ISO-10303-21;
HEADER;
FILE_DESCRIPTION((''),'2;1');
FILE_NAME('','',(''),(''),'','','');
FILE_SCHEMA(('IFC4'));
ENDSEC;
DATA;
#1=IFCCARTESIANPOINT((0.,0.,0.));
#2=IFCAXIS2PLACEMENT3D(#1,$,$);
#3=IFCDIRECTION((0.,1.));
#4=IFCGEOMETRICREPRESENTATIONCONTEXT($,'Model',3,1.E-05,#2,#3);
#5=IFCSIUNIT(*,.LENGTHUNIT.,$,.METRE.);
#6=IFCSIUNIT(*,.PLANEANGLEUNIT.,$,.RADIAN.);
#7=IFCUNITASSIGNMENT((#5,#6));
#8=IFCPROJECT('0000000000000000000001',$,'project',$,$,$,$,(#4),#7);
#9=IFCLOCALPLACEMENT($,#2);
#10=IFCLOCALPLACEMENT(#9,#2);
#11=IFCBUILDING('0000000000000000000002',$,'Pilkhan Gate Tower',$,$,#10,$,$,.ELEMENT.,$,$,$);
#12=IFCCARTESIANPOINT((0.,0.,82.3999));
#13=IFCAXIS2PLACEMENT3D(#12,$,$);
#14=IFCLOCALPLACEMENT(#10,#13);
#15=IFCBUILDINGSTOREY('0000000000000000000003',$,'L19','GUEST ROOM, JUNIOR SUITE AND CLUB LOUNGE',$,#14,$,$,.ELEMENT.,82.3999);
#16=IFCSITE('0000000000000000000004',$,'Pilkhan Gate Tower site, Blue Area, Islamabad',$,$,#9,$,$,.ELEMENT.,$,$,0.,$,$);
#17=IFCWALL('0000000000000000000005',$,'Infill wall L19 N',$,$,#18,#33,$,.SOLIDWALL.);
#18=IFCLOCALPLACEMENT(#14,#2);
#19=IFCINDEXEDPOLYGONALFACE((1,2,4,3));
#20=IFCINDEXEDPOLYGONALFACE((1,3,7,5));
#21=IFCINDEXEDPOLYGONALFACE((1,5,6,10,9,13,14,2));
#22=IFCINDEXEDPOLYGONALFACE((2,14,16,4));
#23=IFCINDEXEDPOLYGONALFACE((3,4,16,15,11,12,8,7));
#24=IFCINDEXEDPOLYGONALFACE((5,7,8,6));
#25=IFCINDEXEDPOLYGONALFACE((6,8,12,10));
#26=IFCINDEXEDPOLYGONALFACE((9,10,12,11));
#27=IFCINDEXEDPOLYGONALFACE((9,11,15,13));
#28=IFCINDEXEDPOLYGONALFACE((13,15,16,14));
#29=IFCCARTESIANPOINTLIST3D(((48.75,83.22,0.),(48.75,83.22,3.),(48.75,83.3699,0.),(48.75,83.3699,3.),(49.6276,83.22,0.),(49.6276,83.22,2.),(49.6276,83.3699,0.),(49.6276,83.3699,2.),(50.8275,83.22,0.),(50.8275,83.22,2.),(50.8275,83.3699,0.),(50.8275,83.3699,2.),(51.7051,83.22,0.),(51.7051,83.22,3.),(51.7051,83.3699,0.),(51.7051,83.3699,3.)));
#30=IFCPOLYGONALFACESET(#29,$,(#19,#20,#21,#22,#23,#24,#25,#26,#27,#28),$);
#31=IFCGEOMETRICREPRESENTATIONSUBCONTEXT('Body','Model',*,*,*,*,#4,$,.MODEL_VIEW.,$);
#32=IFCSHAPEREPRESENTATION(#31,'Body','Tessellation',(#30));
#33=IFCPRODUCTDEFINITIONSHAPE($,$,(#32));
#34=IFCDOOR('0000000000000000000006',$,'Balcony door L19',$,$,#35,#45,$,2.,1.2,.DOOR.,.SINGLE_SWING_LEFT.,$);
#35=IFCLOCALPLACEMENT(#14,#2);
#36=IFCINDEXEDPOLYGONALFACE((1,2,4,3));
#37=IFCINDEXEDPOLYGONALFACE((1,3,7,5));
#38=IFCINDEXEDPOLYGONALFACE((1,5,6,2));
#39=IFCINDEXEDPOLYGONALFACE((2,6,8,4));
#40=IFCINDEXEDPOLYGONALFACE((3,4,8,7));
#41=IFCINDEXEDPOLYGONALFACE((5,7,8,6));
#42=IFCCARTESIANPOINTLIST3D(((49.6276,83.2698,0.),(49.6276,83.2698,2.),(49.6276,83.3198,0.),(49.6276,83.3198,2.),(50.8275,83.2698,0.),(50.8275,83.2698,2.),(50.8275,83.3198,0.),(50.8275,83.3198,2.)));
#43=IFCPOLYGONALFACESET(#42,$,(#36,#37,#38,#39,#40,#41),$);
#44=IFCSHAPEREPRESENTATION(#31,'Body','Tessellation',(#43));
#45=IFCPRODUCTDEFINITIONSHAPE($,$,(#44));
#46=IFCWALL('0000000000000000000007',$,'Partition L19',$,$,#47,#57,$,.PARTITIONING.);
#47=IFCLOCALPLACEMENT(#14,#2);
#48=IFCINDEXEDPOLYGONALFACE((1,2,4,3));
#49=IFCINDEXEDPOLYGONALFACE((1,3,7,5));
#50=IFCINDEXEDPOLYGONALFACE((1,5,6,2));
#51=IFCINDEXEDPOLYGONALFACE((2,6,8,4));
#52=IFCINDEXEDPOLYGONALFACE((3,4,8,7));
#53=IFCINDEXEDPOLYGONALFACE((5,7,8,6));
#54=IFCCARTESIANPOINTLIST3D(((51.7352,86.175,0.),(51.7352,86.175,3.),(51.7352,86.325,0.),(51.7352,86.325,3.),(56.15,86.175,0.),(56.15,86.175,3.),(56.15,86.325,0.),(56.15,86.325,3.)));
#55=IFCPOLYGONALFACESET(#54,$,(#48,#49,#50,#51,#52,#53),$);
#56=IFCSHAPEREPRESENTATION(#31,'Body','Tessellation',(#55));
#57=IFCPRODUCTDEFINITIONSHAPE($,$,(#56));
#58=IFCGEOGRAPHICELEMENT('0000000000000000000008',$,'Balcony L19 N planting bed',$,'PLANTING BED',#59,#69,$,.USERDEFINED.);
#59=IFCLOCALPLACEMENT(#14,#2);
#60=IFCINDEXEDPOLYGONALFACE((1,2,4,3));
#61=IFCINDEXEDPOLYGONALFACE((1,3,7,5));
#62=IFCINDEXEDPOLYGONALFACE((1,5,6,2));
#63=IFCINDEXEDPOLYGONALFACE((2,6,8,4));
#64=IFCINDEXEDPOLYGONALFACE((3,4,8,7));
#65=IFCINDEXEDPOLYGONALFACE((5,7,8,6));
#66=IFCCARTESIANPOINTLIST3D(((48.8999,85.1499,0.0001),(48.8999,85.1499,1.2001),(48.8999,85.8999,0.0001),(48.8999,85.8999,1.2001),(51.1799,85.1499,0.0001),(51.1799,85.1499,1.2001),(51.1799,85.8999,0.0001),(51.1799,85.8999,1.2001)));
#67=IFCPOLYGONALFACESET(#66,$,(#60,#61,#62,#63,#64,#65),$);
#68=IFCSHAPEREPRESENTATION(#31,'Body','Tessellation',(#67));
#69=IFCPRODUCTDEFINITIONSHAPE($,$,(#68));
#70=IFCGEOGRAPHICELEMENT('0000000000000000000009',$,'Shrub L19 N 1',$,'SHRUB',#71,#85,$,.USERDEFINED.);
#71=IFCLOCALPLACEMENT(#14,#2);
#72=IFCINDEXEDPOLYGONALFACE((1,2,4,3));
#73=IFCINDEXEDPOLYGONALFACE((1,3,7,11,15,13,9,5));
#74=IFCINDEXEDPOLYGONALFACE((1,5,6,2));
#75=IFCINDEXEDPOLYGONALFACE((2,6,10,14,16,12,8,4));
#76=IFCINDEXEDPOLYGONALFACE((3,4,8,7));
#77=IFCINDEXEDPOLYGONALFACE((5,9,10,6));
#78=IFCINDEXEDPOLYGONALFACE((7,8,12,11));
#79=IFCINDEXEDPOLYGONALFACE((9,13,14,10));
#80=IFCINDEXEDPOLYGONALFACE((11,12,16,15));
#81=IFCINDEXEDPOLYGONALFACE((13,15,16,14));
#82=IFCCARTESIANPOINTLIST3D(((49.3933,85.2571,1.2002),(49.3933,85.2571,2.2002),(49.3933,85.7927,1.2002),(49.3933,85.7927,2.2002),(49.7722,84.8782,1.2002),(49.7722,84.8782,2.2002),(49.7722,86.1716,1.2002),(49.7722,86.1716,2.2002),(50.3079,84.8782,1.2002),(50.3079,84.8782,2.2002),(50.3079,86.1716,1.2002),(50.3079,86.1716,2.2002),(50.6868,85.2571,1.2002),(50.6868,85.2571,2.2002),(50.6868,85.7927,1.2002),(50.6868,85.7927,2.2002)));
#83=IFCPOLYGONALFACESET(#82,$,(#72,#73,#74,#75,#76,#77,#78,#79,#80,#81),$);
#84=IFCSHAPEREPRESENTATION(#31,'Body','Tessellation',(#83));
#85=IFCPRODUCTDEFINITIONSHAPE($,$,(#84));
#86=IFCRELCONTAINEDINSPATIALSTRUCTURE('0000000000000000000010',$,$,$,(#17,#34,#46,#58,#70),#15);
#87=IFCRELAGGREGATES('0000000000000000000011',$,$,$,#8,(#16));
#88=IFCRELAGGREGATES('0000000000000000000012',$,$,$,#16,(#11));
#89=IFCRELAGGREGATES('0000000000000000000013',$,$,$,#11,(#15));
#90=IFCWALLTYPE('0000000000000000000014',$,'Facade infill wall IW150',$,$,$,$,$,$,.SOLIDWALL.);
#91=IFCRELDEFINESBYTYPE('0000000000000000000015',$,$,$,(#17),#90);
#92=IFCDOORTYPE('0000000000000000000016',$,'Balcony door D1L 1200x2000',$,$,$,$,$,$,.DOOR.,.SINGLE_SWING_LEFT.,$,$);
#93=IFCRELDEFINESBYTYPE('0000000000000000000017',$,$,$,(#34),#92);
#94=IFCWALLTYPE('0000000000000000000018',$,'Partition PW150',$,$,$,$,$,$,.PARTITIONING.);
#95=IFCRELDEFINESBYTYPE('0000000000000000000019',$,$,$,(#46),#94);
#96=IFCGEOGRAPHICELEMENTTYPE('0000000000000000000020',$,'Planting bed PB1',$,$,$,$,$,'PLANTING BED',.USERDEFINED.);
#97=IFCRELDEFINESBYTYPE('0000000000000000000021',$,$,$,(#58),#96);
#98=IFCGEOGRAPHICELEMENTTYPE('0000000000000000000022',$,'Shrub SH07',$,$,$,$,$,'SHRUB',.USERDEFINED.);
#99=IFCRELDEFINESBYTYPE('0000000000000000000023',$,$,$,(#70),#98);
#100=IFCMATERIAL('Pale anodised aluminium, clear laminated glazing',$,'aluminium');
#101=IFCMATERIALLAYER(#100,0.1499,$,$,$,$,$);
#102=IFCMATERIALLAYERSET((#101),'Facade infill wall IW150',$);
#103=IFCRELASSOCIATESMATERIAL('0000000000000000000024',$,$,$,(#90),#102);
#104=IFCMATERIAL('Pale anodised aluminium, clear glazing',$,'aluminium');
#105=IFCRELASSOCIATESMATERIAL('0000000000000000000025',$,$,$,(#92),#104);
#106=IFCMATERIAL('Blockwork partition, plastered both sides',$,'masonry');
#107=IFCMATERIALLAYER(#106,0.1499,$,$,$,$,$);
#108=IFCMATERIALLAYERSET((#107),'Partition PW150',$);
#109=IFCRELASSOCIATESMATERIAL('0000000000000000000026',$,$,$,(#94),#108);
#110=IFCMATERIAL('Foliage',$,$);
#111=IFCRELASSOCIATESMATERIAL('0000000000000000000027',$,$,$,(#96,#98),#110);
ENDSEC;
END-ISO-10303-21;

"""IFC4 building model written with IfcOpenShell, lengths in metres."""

from ifc_helpers import new_model, si_unit, direction, frame, frame_2d, origin, origin_2d, place, context, subcontext, project, spatial, polyline, rectangle, outline, extrude, material, layer, layer_set, material_profile, profile_set, type_object, element, fill, save


model = new_model("IFC4")

# Units and contexts
model_context = context("Model", 3, precision=1e-05, world=origin(), true_north=direction((0.0, 1.0)))
body_context = subcontext(model_context, "Body", "Model", "MODEL_VIEW")
ifc_project = project(units=[si_unit("LENGTHUNIT", "METRE"), si_unit("PLANEANGLEUNIT", "RADIAN")], contexts=[model_context])

# Site, building, storey
site_placement = place(None, origin())
site = spatial("IfcSite", under=ifc_project, at=site_placement, Name="Pilkhan Gate Tower site, Blue Area, Islamabad", CompositionType="ELEMENT", RefElevation=0.0)
building_placement = place(site_placement, origin())
building = spatial("IfcBuilding", under=site, at=building_placement, Name="Pilkhan Gate Tower", CompositionType="ELEMENT")
storey_placement = place(building_placement, frame((0.0, 0.0, 82.3999)))
storey = spatial("IfcBuildingStorey", under=building, at=storey_placement, Name="L19", Description="GUEST ROOM, JUNIOR SUITE AND CLUB LOUNGE", CompositionType="ELEMENT", Elevation=82.3999)

# Wall, opening, door
ifc_material_1 = material(Name="Pale anodised aluminium, clear laminated glazing", Category="aluminium")
ifc_layer_1 = layer(ifc_material_1, 0.1499)
ifc_layer_set_1 = layer_set([ifc_layer_1], Name="Facade infill wall IW150")
wall_type_1 = type_object("IfcWallType", Name="Facade infill wall IW150", PredefinedType="SOLIDWALL", material=ifc_layer_set_1)
wall_1_placement = place(storey_placement, frame((48.75, 83.2949, 0.0), z_axis=(0.0, 0.0, 1.0), x_axis=(1.0, 0.0, 0.0)))
wall_1 = element("IfcWall", 1, at=wall_1_placement, inside=storey, type_object=wall_type_1, Name="Infill wall L19 N", PredefinedType="SOLIDWALL", context=body_context, shape_type="SweptSolid", body=[
    extrude(rectangle(XDim=2.9551, YDim=0.1499, at=frame_2d((1.4775, 0.0))), origin(), (0.0, 0.0, 1.0), 3.0),
])
opening_placement = place(wall_1_placement, frame((0.8774, 0.0, 0.0)))
opening = element("IfcOpeningElement", 2, at=opening_placement, cuts=wall_1, PredefinedType="OPENING", context=body_context, shape_type="SweptSolid", body=[
    extrude(rectangle(XDim=1.2, YDim=2.0, at=frame_2d((0.6001, 1.0))), frame((0.0, 0.085, 0.0), z_axis=(0.0, -1.0, 0.0), x_axis=(1.0, 0.0, 0.0)), (0.0, 0.0, 1.0), 0.1699),
])
ifc_material_2 = material(Name="Pale anodised aluminium, clear glazing", Category="aluminium")
door_type = type_object("IfcDoorType", Name="Balcony door D1L 1200x2000", OperationType="SINGLE_SWING_LEFT", PredefinedType="DOOR", material=ifc_material_2)
door_placement = place(opening_placement, origin())
door = element("IfcDoor", 3, at=door_placement, inside=storey, type_object=door_type, Name="Balcony door L19", OperationType="SINGLE_SWING_LEFT", OverallHeight=2.0, OverallWidth=1.2, PredefinedType="DOOR", context=body_context, shape_type="SweptSolid", body=[
    extrude(rectangle(XDim=1.2, YDim=2.0, at=frame_2d((0.6001, 1.0))), frame((0.0, 0.0249, 0.0), z_axis=(0.0, -1.0, 0.0), x_axis=(1.0, 0.0, 0.0)), (0.0, 0.0, 1.0), 0.05),
])
fill(opening, door)

# Wall
ifc_material_3 = material(Name="Blockwork partition, plastered both sides", Category="masonry")
ifc_layer_2 = layer(ifc_material_3, 0.1499)
ifc_layer_set_2 = layer_set([ifc_layer_2], Name="Partition PW150")
wall_type_2 = type_object("IfcWallType", Name="Partition PW150", PredefinedType="PARTITIONING", material=ifc_layer_set_2)
wall_2_placement = place(storey_placement, frame((51.7351, 86.25, 0.0), z_axis=(0.0, 0.0, 1.0), x_axis=(1.0, 0.0, 0.0)))
element("IfcWall", 4, at=wall_2_placement, inside=storey, type_object=wall_type_2, Name="Partition L19", PredefinedType="PARTITIONING", context=body_context, shape_type="SweptSolid", body=[
    extrude(rectangle(XDim=4.4148, YDim=0.1499, at=frame_2d((2.2075, 0.0))), origin(), (0.0, 0.0, 1.0), 3.0),
])

# Geographic elements
ifc_material_4 = material(Name="Foliage")
ifc_material_profile_1 = material_profile(ifc_material_4, rectangle(XDim=0.75, YDim=1.2, at=origin_2d()), Name="Bed 750x1200")
ifc_profile_set_1 = profile_set([ifc_material_profile_1], Name="Foliage")
geographic_element_type_1 = type_object("IfcGeographicElementType", Name="Planting bed PB1", ElementType="PLANTING BED", PredefinedType="USERDEFINED", material=ifc_profile_set_1)
geographic_element_1_placement = place(storey_placement, frame((48.8999, 85.5249, 0.6001), z_axis=(1.0, 0.0, 0.0), x_axis=(0.0, 1.0, 0.0)))
element("IfcGeographicElement", 5, at=geographic_element_1_placement, inside=storey, type_object=geographic_element_type_1, Name="Balcony L19 N planting bed", ObjectType="PLANTING BED", PredefinedType="USERDEFINED", context=body_context, shape_type="SweptSolid", body=[
    extrude(rectangle(XDim=0.75, YDim=1.2, at=origin_2d()), origin(), (0.0, 0.0, 1.0), 2.28),
])
ifc_material_profile_2 = material_profile(ifc_material_4, outline(polyline([(0.6467, 0.2678), (0.2678, 0.6467), (-0.2678, 0.6467), (-0.6467, 0.2678), (-0.6467, -0.2678), (-0.2678, -0.6467), (0.2678, -0.6467), (0.6467, -0.2678), (0.6467, 0.2678)])), Name="Shrub D1.4")
ifc_profile_set_2 = profile_set([ifc_material_profile_2], Name="Foliage")
geographic_element_type_2 = type_object("IfcGeographicElementType", Name="Shrub SH07", ElementType="SHRUB", PredefinedType="USERDEFINED", material=ifc_profile_set_2)
geographic_element_2_placement = place(storey_placement, frame((50.04, 85.5249, 1.2002), z_axis=(0.0, 0.0, 1.0), x_axis=(1.0, 0.0, 0.0)))
element("IfcGeographicElement", 6, at=geographic_element_2_placement, inside=storey, type_object=geographic_element_type_2, Name="Shrub L19 N 1", ObjectType="SHRUB", PredefinedType="USERDEFINED", context=body_context, shape_type="SweptSolid", body=[
    extrude(outline(polyline([(0.6467, 0.2678), (0.2678, 0.6467), (-0.2678, 0.6467), (-0.6467, 0.2678), (-0.6467, -0.2678), (-0.2678, -0.6467), (0.2678, -0.6467), (0.6467, -0.2678), (0.6467, 0.2678)])), origin(), (0.0, 0.0, 1.0), 1.0),
])

save(model, "model.ifc")
